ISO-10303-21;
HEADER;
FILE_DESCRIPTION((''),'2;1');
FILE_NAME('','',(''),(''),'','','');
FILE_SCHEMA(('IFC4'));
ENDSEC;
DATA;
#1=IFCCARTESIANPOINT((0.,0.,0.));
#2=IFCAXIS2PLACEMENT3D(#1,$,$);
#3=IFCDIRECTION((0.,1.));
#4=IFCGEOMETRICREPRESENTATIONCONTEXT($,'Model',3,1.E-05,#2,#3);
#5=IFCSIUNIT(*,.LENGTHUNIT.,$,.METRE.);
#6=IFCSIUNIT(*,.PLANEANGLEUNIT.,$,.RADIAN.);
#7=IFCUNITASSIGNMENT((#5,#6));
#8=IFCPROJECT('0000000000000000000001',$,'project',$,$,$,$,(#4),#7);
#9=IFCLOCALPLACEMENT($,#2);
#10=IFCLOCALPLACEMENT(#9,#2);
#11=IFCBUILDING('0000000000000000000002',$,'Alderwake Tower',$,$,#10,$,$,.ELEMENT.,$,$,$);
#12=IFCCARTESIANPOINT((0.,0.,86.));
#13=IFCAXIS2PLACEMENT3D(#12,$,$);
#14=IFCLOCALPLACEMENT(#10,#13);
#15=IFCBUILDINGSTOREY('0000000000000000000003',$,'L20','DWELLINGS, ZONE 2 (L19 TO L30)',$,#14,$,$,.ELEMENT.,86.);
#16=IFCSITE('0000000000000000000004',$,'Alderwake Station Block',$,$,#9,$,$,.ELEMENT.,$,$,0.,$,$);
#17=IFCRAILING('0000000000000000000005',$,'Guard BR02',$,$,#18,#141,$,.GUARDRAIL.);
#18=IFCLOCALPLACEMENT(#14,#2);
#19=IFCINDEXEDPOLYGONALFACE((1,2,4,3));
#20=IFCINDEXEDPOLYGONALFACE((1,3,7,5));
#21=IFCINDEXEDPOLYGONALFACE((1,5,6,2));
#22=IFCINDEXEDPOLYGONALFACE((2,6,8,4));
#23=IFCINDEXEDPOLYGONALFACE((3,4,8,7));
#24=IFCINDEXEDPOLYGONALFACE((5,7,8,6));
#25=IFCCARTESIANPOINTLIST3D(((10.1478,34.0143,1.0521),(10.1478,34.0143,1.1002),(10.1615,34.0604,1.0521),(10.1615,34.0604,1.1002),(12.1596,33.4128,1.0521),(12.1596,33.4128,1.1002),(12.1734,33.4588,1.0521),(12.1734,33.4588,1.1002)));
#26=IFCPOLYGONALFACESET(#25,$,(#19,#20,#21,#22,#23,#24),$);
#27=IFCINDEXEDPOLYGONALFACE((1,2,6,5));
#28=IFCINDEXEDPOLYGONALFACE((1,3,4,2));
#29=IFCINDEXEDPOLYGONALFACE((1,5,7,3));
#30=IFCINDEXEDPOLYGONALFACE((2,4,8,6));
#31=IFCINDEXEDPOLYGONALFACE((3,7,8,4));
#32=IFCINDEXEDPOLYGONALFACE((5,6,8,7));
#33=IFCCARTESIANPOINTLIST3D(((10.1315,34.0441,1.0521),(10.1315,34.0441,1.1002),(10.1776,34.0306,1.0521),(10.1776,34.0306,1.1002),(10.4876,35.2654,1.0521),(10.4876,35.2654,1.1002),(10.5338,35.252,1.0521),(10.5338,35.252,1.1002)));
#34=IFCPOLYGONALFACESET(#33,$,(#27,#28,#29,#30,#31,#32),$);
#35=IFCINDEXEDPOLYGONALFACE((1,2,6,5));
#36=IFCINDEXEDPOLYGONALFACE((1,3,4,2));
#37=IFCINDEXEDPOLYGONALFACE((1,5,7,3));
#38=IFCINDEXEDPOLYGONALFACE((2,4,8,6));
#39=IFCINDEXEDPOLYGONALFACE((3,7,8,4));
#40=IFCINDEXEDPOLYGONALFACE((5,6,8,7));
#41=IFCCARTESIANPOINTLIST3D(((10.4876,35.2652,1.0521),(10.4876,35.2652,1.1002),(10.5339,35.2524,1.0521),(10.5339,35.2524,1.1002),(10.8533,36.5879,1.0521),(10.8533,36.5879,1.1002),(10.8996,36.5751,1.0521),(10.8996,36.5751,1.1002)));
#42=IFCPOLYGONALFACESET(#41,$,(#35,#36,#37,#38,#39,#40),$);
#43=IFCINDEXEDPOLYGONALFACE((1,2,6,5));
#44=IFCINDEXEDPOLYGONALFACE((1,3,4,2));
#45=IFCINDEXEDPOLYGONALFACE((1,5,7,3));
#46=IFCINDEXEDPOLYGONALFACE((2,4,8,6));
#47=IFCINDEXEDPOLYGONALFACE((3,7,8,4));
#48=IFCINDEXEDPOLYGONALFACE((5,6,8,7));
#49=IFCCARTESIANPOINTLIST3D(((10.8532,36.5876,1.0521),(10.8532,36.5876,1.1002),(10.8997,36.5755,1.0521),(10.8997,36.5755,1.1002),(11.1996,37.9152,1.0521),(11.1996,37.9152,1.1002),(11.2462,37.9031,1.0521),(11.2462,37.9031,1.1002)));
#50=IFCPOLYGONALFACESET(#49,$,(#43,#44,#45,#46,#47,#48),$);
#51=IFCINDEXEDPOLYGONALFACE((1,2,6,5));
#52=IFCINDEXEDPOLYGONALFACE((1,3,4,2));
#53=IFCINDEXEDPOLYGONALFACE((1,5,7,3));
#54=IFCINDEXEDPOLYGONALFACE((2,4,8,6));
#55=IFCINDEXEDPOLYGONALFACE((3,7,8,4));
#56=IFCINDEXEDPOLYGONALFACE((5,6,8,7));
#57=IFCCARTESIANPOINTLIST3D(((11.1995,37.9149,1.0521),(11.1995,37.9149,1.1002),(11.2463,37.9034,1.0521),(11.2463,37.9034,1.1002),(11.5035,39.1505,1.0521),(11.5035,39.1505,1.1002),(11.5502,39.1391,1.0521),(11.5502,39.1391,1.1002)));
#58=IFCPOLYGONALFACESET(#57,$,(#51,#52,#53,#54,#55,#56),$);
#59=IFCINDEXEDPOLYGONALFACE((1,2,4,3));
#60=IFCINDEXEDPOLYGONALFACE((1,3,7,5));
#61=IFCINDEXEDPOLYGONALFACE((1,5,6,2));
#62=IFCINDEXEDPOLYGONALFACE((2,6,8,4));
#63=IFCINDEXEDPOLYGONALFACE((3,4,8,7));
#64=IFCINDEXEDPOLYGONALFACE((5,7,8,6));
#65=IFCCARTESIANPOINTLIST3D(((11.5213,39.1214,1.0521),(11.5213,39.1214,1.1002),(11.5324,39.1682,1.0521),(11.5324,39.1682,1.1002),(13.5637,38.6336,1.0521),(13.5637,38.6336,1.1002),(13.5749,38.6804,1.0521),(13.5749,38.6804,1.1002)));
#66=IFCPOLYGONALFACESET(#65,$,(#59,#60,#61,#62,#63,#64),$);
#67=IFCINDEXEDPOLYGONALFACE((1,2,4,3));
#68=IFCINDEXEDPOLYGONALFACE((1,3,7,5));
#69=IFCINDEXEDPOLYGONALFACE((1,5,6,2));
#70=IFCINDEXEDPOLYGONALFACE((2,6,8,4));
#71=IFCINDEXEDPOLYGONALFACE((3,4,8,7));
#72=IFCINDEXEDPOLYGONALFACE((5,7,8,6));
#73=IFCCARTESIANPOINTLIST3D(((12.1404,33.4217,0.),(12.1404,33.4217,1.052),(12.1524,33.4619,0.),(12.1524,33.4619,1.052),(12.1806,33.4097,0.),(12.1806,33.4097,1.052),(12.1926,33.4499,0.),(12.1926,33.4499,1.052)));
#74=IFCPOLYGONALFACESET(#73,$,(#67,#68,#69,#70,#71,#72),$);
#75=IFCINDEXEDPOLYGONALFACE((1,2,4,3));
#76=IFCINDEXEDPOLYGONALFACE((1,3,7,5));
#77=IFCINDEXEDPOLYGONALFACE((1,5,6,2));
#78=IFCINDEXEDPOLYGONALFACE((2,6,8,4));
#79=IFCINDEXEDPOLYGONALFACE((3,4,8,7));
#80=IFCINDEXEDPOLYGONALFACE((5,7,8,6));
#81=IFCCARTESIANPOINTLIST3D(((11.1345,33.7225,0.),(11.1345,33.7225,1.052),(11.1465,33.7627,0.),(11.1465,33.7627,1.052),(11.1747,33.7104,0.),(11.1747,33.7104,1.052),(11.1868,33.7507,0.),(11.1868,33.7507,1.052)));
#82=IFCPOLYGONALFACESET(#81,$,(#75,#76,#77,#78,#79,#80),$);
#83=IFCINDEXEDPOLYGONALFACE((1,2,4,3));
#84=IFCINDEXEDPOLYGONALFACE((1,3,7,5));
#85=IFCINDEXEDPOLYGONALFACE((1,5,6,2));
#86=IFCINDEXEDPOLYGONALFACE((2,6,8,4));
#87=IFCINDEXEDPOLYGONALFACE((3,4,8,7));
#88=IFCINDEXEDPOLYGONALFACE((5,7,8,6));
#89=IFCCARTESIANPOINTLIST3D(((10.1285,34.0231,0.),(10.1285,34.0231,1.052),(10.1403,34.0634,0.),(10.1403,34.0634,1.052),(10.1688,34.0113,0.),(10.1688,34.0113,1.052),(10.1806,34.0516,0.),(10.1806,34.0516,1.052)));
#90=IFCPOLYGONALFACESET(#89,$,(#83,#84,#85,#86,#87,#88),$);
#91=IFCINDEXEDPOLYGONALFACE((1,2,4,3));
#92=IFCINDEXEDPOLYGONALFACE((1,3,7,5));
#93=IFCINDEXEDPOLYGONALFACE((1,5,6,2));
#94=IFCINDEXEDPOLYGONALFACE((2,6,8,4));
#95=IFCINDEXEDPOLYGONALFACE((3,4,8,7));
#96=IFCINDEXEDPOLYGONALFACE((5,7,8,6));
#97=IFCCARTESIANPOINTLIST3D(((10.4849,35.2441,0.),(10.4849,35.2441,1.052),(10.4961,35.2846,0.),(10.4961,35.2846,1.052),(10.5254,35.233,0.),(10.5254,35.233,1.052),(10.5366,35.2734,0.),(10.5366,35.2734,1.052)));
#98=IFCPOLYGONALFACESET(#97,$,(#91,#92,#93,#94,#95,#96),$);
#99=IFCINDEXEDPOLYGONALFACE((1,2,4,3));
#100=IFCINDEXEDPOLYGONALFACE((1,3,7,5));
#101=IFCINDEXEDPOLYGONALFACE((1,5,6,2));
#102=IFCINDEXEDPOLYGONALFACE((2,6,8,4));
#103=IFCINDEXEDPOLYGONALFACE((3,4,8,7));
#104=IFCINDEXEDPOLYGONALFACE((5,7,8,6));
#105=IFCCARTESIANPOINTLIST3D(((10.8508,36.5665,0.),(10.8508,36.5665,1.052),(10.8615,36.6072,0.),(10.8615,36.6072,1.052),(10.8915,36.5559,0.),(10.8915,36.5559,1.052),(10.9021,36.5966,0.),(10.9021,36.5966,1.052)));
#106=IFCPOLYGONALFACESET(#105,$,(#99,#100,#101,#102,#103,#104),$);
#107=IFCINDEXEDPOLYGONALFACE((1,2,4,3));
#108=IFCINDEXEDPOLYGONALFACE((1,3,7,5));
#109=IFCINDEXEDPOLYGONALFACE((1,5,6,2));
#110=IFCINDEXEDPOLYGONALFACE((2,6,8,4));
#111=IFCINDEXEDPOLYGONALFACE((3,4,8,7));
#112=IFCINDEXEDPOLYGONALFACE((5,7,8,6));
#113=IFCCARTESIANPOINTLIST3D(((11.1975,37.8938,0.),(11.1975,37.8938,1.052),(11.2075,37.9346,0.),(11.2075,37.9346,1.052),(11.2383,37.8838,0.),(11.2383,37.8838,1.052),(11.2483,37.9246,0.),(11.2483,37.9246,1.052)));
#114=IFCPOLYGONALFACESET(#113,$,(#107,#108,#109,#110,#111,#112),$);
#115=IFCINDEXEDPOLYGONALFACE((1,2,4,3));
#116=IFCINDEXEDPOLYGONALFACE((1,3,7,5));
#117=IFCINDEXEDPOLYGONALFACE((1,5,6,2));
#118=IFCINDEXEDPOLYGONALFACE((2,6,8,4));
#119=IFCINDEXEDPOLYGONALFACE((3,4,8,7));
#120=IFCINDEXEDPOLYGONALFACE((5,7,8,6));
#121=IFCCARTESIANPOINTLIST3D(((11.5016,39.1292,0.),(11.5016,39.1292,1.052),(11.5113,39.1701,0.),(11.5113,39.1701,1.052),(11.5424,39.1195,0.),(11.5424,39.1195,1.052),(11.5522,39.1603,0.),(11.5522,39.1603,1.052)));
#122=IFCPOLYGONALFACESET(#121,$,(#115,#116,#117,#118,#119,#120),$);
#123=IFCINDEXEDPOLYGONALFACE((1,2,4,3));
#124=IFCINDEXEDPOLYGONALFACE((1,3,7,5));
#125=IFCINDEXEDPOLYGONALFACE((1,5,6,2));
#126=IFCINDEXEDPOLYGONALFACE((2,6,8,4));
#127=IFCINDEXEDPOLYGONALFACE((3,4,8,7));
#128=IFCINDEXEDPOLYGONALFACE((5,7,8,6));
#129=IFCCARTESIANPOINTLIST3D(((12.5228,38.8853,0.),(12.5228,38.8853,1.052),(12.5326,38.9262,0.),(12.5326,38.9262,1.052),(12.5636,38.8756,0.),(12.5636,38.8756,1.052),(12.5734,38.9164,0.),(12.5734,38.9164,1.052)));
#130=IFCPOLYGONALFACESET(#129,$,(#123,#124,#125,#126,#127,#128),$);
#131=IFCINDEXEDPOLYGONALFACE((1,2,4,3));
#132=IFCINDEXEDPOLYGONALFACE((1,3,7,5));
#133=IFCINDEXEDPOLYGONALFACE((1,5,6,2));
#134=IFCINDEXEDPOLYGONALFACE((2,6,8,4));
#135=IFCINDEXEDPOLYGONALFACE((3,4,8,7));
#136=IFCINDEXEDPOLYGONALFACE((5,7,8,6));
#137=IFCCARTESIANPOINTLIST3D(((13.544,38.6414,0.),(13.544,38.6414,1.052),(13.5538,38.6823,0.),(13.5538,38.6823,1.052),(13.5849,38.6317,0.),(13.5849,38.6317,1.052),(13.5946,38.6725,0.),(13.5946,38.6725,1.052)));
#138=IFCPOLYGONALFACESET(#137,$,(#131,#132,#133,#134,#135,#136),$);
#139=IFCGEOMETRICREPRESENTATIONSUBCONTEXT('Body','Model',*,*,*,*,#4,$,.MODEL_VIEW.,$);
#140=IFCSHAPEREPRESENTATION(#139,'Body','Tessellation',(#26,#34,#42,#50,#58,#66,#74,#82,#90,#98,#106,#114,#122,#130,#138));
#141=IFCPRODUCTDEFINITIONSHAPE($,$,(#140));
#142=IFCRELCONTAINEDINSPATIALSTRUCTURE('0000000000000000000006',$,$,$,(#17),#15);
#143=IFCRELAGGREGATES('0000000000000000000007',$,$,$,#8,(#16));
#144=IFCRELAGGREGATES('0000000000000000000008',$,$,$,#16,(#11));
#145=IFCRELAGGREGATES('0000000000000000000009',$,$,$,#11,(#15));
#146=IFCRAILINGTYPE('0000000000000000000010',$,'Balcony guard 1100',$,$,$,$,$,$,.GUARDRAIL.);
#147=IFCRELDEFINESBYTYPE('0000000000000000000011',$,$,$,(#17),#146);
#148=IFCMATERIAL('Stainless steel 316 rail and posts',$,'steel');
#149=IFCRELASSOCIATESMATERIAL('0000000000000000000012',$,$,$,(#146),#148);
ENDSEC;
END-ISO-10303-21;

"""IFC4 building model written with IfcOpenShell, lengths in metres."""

from ifc_helpers import new_model, si_unit, direction, frame, origin, origin_2d, place, context, subcontext, project, spatial, rectangle, extrude, material, type_object, element, save


model = new_model("IFC4")

# Units and contexts
model_context = context("Model", 3, precision=1e-05, world=origin(), true_north=direction((0.0, 1.0)))
body_context = subcontext(model_context, "Body", "Model", "MODEL_VIEW")
ifc_project = project(units=[si_unit("LENGTHUNIT", "METRE"), si_unit("PLANEANGLEUNIT", "RADIAN")], contexts=[model_context])

# Site, building, storey
site_placement = place(None, origin())
site = spatial("IfcSite", under=ifc_project, at=site_placement, Name="Alderwake Station Block", CompositionType="ELEMENT", RefElevation=0.0)
building_placement = place(site_placement, origin())
building = spatial("IfcBuilding", under=site, at=building_placement, Name="Alderwake Tower", CompositionType="ELEMENT")
storey_placement = place(building_placement, frame((0.0, 0.0, 86.0)))
storey = spatial("IfcBuildingStorey", under=building, at=storey_placement, Name="L20", Description="DWELLINGS, ZONE 2 (L19 TO L30)", CompositionType="ELEMENT", Elevation=86.0)

# Railing
ifc_material_1 = material(Name="Stainless steel 316 rail and posts", Category="steel")
railing_type = type_object("IfcRailingType", Name="Balcony guard 1100", PredefinedType="GUARDRAIL", material=ifc_material_1)
railing_1_placement = place(storey_placement, frame((12.1665, 33.4358, 0.0)))
element("IfcRailing", 1, at=railing_1_placement, inside=storey, type_object=railing_type, Name="Guard BR02", PredefinedType="GUARDRAIL", context=body_context, shape_type="SweptSolid", body=[
    extrude(rectangle(XDim=0.0481, YDim=0.0481, at=origin_2d()), frame((0.0, 0.0, 1.0762), z_axis=(-0.958091, 0.286462, 0.0), x_axis=(-0.286462, -0.958091, 0.0)), (0.0, 0.0, 1.0), 2.0999),
    extrude(rectangle(XDim=0.0481, YDim=0.0481, at=origin_2d()), frame((-2.012, 0.6016, 1.0762), z_axis=(0.279963, 0.960011, 0.0), x_axis=(-0.960011, 0.279963, 0.0)), (0.0, 0.0, 1.0), 1.2722),
    extrude(rectangle(XDim=0.0481, YDim=0.0481, at=origin_2d()), frame((-1.6558, 1.823, 1.0762), z_axis=(0.266488, 0.963838, 0.0), x_axis=(-0.963838, 0.266488, 0.0)), (0.0, 0.0, 1.0), 1.3723),
    extrude(rectangle(XDim=0.0481, YDim=0.0481, at=origin_2d()), frame((-1.29, 3.1458, 1.0762), z_axis=(0.252487, 0.9676, 0.0), x_axis=(-0.9676, 0.252487, 0.0)), (0.0, 0.0, 1.0), 1.3721),
    extrude(rectangle(XDim=0.0481, YDim=0.0481, at=origin_2d()), frame((-0.9436, 4.4734, 1.0762), z_axis=(0.238877, 0.97105, 0.0), x_axis=(-0.97105, 0.238877, 0.0)), (0.0, 0.0, 1.0), 1.2725),
    extrude(rectangle(XDim=0.0481, YDim=0.0481, at=origin_2d()), frame((-0.6396, 5.709, 1.0762), z_axis=(0.972646, -0.232291, 0.0), x_axis=(0.232291, 0.972646, 0.0)), (0.0, 0.0, 1.0), 2.0999),
    extrude(rectangle(XDim=0.042, YDim=0.042, at=origin_2d()), frame((0.0, 0.0, 0.0), z_axis=(0.0, 0.0, 1.0), x_axis=(-0.958091, 0.286462, 0.0)), (0.0, 0.0, 1.0), 1.052),
    extrude(rectangle(XDim=0.042, YDim=0.042, at=origin_2d()), frame((-1.0059, 0.3008, 0.0), z_axis=(0.0, 0.0, 1.0), x_axis=(-0.958091, 0.286462, 0.0)), (0.0, 0.0, 1.0), 1.052),
    extrude(rectangle(XDim=0.042, YDim=0.042, at=origin_2d()), frame((-2.012, 0.6016, 0.0), z_axis=(0.0, 0.0, 1.0), x_axis=(0.279963, 0.960011, 0.0)), (0.0, 0.0, 1.0), 1.052),
    extrude(rectangle(XDim=0.042, YDim=0.042, at=origin_2d()), frame((-1.6558, 1.823, 0.0), z_axis=(0.0, 0.0, 1.0), x_axis=(0.266488, 0.963838, 0.0)), (0.0, 0.0, 1.0), 1.052),
    extrude(rectangle(XDim=0.042, YDim=0.042, at=origin_2d()), frame((-1.29, 3.1458, 0.0), z_axis=(0.0, 0.0, 1.0), x_axis=(0.252487, 0.9676, 0.0)), (0.0, 0.0, 1.0), 1.052),
    extrude(rectangle(XDim=0.042, YDim=0.042, at=origin_2d()), frame((-0.9436, 4.4734, 0.0), z_axis=(0.0, 0.0, 1.0), x_axis=(0.238877, 0.97105, 0.0)), (0.0, 0.0, 1.0), 1.052),
    extrude(rectangle(XDim=0.042, YDim=0.042, at=origin_2d()), frame((-0.6396, 5.709, 0.0), z_axis=(0.0, 0.0, 1.0), x_axis=(0.972646, -0.232291, 0.0)), (0.0, 0.0, 1.0), 1.052),
    extrude(rectangle(XDim=0.042, YDim=0.042, at=origin_2d()), frame((0.3816, 5.4651, 0.0), z_axis=(0.0, 0.0, 1.0), x_axis=(0.972646, -0.232291, 0.0)), (0.0, 0.0, 1.0), 1.052),
    extrude(rectangle(XDim=0.042, YDim=0.042, at=origin_2d()), frame((1.4028, 5.2212, 0.0), z_axis=(0.0, 0.0, 1.0), x_axis=(0.972646, -0.232291, 0.0)), (0.0, 0.0, 1.0), 1.052),
])

save(model, "model.ifc")
